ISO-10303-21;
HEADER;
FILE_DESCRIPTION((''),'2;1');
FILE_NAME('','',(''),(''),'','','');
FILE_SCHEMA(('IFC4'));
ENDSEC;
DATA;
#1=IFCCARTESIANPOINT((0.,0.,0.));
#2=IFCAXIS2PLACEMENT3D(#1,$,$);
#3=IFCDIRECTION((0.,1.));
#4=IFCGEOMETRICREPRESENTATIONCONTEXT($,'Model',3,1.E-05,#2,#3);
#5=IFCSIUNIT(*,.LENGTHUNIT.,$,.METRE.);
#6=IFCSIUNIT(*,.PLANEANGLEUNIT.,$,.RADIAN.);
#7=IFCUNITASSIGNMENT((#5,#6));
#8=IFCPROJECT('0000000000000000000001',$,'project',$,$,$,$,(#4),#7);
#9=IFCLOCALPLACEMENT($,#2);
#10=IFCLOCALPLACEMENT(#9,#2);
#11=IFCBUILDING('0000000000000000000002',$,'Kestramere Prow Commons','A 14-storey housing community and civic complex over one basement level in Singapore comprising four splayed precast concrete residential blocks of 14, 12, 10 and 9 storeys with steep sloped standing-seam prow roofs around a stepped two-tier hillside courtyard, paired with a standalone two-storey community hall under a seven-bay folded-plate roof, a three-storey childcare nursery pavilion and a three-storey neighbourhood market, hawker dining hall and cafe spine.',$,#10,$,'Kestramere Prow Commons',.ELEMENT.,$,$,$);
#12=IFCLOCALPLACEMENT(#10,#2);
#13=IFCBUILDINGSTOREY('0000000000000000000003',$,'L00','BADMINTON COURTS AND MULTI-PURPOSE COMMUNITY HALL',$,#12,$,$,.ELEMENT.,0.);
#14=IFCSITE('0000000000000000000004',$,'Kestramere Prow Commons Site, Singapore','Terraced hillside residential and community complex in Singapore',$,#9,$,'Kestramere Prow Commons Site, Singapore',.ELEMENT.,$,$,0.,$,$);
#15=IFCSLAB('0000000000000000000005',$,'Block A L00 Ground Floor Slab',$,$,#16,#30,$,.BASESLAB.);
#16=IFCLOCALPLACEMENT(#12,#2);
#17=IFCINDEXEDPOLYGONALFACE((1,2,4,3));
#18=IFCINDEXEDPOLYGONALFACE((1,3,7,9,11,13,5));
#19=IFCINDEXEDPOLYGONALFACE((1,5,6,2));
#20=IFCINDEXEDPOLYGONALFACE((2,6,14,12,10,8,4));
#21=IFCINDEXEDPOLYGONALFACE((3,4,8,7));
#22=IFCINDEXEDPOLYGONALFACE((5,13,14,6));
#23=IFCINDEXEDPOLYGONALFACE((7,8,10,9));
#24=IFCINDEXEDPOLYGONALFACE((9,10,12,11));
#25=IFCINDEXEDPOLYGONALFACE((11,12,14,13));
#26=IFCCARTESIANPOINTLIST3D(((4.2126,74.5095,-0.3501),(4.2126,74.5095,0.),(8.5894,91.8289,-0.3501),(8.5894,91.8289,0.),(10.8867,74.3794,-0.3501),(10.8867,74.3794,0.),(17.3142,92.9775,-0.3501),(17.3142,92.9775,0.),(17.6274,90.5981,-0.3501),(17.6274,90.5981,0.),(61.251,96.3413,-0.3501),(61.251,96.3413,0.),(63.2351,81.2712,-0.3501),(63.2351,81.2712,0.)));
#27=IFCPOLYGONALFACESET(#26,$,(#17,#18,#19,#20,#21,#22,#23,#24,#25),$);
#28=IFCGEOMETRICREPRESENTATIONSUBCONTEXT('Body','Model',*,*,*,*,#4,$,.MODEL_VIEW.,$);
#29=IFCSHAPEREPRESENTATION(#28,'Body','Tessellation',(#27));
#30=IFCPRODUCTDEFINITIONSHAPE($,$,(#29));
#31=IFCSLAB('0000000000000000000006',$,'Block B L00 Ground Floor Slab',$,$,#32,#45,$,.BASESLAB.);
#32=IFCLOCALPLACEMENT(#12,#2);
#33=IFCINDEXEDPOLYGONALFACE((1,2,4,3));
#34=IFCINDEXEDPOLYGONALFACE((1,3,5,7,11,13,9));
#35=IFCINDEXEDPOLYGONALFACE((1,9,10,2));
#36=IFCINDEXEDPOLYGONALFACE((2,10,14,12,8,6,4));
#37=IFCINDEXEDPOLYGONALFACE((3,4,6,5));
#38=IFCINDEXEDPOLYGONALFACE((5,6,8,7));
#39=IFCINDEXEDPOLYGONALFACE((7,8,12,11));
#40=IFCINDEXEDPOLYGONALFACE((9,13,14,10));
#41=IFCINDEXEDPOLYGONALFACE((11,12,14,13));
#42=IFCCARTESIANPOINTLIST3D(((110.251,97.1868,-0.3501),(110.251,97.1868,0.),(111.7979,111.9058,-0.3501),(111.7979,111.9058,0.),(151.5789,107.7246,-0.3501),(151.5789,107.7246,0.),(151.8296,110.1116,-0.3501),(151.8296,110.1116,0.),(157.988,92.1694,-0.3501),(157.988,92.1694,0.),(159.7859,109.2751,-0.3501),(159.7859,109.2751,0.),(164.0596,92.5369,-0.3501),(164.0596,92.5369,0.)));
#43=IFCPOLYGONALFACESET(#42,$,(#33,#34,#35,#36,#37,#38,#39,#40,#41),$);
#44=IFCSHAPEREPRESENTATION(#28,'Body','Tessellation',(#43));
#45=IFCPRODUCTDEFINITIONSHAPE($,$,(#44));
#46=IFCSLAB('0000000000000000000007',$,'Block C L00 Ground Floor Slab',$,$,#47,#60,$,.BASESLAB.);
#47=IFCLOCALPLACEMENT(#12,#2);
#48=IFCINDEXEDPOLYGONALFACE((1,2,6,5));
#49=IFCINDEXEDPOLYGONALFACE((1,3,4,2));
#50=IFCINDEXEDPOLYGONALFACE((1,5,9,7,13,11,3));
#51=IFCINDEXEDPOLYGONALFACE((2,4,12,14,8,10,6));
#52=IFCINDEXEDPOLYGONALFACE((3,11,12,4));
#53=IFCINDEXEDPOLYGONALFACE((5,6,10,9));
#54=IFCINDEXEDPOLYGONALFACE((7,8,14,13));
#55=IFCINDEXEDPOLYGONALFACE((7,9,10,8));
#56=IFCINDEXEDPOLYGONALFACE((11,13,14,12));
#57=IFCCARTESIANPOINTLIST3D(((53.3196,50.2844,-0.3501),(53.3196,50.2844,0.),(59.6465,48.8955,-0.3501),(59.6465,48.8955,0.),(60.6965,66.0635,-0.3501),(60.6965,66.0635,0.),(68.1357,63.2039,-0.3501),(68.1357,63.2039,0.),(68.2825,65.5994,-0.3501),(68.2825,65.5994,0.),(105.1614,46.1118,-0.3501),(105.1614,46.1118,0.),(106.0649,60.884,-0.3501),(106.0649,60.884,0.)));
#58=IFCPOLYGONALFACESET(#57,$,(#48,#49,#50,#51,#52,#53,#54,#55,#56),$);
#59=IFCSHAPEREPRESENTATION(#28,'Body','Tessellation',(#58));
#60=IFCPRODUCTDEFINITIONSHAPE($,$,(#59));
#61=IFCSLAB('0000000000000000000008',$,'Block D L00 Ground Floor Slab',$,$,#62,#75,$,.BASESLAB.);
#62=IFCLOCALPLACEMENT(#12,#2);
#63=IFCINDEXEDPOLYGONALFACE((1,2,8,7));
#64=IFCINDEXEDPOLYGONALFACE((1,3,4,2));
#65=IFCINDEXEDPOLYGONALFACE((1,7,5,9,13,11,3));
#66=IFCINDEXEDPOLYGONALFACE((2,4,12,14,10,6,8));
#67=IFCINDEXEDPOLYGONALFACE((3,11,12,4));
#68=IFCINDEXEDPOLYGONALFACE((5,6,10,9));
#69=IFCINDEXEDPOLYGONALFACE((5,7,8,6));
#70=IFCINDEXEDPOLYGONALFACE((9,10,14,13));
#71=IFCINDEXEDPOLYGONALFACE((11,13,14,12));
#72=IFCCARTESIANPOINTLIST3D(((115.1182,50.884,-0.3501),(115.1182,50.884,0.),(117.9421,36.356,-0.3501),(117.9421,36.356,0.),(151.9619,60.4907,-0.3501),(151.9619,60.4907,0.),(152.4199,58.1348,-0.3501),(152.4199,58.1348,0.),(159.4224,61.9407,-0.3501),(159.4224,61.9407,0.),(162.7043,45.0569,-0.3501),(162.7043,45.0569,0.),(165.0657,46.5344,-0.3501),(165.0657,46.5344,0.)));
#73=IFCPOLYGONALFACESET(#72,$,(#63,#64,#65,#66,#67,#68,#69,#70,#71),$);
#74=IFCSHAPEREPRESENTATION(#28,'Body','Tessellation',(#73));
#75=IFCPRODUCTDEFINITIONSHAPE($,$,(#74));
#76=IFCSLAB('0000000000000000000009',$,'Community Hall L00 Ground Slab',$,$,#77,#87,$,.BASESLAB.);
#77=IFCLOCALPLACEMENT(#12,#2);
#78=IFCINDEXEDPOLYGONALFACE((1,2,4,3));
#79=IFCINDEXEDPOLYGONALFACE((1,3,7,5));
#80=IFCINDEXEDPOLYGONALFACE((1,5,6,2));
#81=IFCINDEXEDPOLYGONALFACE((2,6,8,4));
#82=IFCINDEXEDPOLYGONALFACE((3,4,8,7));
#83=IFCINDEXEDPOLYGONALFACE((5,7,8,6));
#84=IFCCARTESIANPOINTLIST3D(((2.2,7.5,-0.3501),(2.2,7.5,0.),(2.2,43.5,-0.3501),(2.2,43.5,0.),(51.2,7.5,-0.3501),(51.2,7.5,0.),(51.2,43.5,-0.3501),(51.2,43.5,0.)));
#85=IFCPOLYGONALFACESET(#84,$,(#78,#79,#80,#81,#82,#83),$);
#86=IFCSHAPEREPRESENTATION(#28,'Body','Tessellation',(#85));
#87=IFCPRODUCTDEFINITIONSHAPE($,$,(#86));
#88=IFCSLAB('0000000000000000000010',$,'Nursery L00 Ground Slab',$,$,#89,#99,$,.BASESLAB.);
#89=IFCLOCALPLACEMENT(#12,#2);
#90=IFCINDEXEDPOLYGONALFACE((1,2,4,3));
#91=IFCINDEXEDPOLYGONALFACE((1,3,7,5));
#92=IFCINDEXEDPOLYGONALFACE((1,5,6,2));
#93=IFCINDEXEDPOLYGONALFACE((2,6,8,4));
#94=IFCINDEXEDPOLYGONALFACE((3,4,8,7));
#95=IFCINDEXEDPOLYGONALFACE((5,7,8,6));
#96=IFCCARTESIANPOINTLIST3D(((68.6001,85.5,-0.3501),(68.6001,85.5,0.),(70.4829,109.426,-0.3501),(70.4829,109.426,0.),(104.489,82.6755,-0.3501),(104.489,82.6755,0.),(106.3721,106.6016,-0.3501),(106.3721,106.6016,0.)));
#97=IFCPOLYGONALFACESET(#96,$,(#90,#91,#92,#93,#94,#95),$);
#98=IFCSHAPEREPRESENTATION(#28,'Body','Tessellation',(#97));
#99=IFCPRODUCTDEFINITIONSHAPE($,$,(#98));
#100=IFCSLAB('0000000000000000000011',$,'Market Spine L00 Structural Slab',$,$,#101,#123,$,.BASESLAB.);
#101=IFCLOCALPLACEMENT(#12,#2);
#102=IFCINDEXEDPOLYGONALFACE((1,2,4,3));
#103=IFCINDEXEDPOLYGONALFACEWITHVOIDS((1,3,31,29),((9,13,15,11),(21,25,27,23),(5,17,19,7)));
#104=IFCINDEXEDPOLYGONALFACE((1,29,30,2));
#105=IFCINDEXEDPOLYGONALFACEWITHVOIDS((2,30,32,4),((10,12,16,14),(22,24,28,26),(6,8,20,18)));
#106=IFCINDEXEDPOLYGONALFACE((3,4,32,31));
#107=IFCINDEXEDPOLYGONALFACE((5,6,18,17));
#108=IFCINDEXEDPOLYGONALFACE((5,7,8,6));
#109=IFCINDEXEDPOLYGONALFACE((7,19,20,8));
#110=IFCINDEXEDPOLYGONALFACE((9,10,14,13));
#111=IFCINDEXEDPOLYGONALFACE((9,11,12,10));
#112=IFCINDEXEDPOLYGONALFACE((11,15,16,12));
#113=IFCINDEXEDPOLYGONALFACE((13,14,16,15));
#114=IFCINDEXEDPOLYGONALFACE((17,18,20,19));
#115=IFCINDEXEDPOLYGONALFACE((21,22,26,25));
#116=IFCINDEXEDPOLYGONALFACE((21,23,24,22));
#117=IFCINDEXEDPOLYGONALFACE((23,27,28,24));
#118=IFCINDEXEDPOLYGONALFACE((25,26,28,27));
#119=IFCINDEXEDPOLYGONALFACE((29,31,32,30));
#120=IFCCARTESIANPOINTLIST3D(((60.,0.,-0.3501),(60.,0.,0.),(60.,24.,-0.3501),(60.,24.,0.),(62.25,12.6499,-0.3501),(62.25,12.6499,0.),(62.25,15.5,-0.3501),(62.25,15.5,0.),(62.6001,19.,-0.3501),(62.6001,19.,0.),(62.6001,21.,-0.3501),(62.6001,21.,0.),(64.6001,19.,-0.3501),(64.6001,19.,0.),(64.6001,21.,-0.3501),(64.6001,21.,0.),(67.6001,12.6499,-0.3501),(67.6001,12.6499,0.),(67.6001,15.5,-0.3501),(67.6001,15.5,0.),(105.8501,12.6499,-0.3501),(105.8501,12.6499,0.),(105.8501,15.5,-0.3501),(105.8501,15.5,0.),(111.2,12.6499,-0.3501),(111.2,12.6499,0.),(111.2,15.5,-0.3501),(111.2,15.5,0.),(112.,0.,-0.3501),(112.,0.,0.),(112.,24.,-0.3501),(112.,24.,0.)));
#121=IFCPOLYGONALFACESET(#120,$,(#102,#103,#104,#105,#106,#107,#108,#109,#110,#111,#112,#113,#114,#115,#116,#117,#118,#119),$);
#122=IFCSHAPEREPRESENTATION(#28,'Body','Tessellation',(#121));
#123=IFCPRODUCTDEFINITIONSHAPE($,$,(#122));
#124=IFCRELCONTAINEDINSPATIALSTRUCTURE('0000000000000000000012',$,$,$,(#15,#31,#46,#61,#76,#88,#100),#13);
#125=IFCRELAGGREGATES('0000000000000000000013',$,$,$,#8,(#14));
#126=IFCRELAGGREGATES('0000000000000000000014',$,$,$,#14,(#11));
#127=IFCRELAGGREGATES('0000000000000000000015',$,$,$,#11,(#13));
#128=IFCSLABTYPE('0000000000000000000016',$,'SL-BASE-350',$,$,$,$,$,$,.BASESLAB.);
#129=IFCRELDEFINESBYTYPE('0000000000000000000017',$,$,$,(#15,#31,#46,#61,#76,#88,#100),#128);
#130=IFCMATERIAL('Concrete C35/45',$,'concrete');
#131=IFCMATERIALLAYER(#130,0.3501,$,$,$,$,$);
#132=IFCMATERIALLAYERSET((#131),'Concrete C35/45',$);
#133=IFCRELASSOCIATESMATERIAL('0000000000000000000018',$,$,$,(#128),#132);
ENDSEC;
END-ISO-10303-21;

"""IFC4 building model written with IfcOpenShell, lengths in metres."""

from ifc_helpers import new_model, si_unit, direction, frame, origin, place, context, subcontext, project, spatial, polyline, outline, extrude, material, layer, layer_set, type_object, element, save


model = new_model("IFC4")

# Units and contexts
model_context = context("Model", 3, precision=1e-05, world=origin(), true_north=direction((0.0, 1.0)))
body_context = subcontext(model_context, "Body", "Model", "MODEL_VIEW")
ifc_project = project(units=[si_unit("LENGTHUNIT", "METRE"), si_unit("PLANEANGLEUNIT", "RADIAN")], contexts=[model_context])

# Site, building, storey
site_placement = place(None, origin())
site = spatial("IfcSite", under=ifc_project, at=site_placement, Name="Kestramere Prow Commons Site, Singapore", Description="Terraced hillside residential and community complex in Singapore", LongName="Kestramere Prow Commons Site, Singapore", CompositionType="ELEMENT", RefElevation=0.0)
building_placement = place(site_placement, origin())
building = spatial("IfcBuilding", under=site, at=building_placement, Name="Kestramere Prow Commons", Description="A 14-storey housing community and civic complex over one basement level in Singapore comprising four splayed precast concrete residential blocks of 14, 12, 10 and 9 storeys with steep sloped standing-seam prow roofs around a stepped two-tier hillside courtyard, paired with a standalone two-storey community hall under a seven-bay folded-plate roof, a three-storey childcare nursery pavilion and a three-storey neighbourhood market, hawker dining hall and cafe spine.", LongName="Kestramere Prow Commons", CompositionType="ELEMENT")
storey_placement = place(building_placement, origin())
storey = spatial("IfcBuildingStorey", under=building, at=storey_placement, Name="L00", Description="BADMINTON COURTS AND MULTI-PURPOSE COMMUNITY HALL", CompositionType="ELEMENT", Elevation=0.0)

# Slabs
ifc_material_1 = material(Name="Concrete C35/45", Category="concrete")
ifc_layer_1 = layer(ifc_material_1, 0.3501)
ifc_layer_set_1 = layer_set([ifc_layer_1], Name="Concrete C35/45")
slab_type_1 = type_object("IfcSlabType", Name="SL-BASE-350", PredefinedType="BASESLAB", material=ifc_layer_set_1)
slab_1_placement = place(storey_placement, frame((0.0, 0.0, -0.3501)))
element("IfcSlab", 1, at=slab_1_placement, inside=storey, type_object=slab_type_1, Name="Block A L00 Ground Floor Slab", PredefinedType="BASESLAB", context=body_context, shape_type="SweptSolid", body=[
    extrude(outline(polyline([(4.2126, 74.5095), (10.8867, 74.3794), (63.2351, 81.2712), (61.251, 96.3413), (17.6274, 90.5981), (17.3142, 92.9775), (8.5894, 91.8289), (4.2126, 74.5095)])), origin(), (0.0, 0.0, 1.0), 0.3501),
])
slab_2_placement = place(storey_placement, frame((0.0, 0.0, -0.3501)))
element("IfcSlab", 2, at=slab_2_placement, inside=storey, type_object=slab_type_1, Name="Block B L00 Ground Floor Slab", PredefinedType="BASESLAB", context=body_context, shape_type="SweptSolid", body=[
    extrude(outline(polyline([(110.251, 97.1868), (157.988, 92.1694), (164.0596, 92.5369), (159.7859, 109.2751), (151.8296, 110.1116), (151.5789, 107.7246), (111.7979, 111.9058), (110.251, 97.1868)])), origin(), (0.0, 0.0, 1.0), 0.3501),
])
slab_3_placement = place(storey_placement, frame((0.0, 0.0, -0.3501)))
element("IfcSlab", 3, at=slab_3_placement, inside=storey, type_object=slab_type_1, Name="Block C L00 Ground Floor Slab", PredefinedType="BASESLAB", context=body_context, shape_type="SweptSolid", body=[
    extrude(outline(polyline([(53.3196, 50.2844), (59.6465, 48.8955), (105.1614, 46.1118), (106.0649, 60.884), (68.1357, 63.2039), (68.2825, 65.5994), (60.6965, 66.0635), (53.3196, 50.2844)])), origin(), (0.0, 0.0, 1.0), 0.3501),
])
slab_4_placement = place(storey_placement, frame((0.0, 0.0, -0.3501)))
element("IfcSlab", 4, at=slab_4_placement, inside=storey, type_object=slab_type_1, Name="Block D L00 Ground Floor Slab", PredefinedType="BASESLAB", context=body_context, shape_type="SweptSolid", body=[
    extrude(outline(polyline([(117.9421, 36.356), (162.7043, 45.0569), (165.0657, 46.5344), (159.4224, 61.9407), (151.9619, 60.4907), (152.4199, 58.1348), (115.1182, 50.884), (117.9421, 36.356)])), origin(), (0.0, 0.0, 1.0), 0.3501),
])
slab_5_placement = place(storey_placement, frame((0.0, 0.0, -0.3501)))
element("IfcSlab", 5, at=slab_5_placement, inside=storey, type_object=slab_type_1, Name="Community Hall L00 Ground Slab", PredefinedType="BASESLAB", context=body_context, shape_type="SweptSolid", body=[
    extrude(outline(polyline([(2.2, 7.5), (51.2, 7.5), (51.2, 43.5), (2.2, 43.5), (2.2, 7.5)])), origin(), (0.0, 0.0, 1.0), 0.3501),
])
slab_6_placement = place(storey_placement, frame((0.0, 0.0, -0.3501)))
element("IfcSlab", 6, at=slab_6_placement, inside=storey, type_object=slab_type_1, Name="Nursery L00 Ground Slab", PredefinedType="BASESLAB", context=body_context, shape_type="SweptSolid", body=[
    extrude(outline(polyline([(68.6001, 85.5), (104.489, 82.6755), (106.3721, 106.6016), (70.4829, 109.426), (68.6001, 85.5)])), origin(), (0.0, 0.0, 1.0), 0.3501),
])
slab_7_placement = place(storey_placement, frame((0.0, 0.0, -0.3501)))
element("IfcSlab", 7, at=slab_7_placement, inside=storey, type_object=slab_type_1, Name="Market Spine L00 Structural Slab", PredefinedType="BASESLAB", context=body_context, shape_type="SweptSolid", body=[
    extrude(outline(polyline([(60.0, 0.0), (112.0, 0.0), (112.0, 24.0), (60.0, 24.0), (60.0, 0.0)]), holes=[polyline([(62.6001, 19.0), (64.6001, 19.0), (64.6001, 21.0), (62.6001, 21.0), (62.6001, 19.0)]), polyline([(62.25, 12.6499), (67.6001, 12.6499), (67.6001, 15.5), (62.25, 15.5), (62.25, 12.6499)]), polyline([(105.8501, 12.6499), (111.2, 12.6499), (111.2, 15.5), (105.8501, 15.5), (105.8501, 12.6499)])]), origin(), (0.0, 0.0, 1.0), 0.3501),
])

save(model, "model.ifc")
